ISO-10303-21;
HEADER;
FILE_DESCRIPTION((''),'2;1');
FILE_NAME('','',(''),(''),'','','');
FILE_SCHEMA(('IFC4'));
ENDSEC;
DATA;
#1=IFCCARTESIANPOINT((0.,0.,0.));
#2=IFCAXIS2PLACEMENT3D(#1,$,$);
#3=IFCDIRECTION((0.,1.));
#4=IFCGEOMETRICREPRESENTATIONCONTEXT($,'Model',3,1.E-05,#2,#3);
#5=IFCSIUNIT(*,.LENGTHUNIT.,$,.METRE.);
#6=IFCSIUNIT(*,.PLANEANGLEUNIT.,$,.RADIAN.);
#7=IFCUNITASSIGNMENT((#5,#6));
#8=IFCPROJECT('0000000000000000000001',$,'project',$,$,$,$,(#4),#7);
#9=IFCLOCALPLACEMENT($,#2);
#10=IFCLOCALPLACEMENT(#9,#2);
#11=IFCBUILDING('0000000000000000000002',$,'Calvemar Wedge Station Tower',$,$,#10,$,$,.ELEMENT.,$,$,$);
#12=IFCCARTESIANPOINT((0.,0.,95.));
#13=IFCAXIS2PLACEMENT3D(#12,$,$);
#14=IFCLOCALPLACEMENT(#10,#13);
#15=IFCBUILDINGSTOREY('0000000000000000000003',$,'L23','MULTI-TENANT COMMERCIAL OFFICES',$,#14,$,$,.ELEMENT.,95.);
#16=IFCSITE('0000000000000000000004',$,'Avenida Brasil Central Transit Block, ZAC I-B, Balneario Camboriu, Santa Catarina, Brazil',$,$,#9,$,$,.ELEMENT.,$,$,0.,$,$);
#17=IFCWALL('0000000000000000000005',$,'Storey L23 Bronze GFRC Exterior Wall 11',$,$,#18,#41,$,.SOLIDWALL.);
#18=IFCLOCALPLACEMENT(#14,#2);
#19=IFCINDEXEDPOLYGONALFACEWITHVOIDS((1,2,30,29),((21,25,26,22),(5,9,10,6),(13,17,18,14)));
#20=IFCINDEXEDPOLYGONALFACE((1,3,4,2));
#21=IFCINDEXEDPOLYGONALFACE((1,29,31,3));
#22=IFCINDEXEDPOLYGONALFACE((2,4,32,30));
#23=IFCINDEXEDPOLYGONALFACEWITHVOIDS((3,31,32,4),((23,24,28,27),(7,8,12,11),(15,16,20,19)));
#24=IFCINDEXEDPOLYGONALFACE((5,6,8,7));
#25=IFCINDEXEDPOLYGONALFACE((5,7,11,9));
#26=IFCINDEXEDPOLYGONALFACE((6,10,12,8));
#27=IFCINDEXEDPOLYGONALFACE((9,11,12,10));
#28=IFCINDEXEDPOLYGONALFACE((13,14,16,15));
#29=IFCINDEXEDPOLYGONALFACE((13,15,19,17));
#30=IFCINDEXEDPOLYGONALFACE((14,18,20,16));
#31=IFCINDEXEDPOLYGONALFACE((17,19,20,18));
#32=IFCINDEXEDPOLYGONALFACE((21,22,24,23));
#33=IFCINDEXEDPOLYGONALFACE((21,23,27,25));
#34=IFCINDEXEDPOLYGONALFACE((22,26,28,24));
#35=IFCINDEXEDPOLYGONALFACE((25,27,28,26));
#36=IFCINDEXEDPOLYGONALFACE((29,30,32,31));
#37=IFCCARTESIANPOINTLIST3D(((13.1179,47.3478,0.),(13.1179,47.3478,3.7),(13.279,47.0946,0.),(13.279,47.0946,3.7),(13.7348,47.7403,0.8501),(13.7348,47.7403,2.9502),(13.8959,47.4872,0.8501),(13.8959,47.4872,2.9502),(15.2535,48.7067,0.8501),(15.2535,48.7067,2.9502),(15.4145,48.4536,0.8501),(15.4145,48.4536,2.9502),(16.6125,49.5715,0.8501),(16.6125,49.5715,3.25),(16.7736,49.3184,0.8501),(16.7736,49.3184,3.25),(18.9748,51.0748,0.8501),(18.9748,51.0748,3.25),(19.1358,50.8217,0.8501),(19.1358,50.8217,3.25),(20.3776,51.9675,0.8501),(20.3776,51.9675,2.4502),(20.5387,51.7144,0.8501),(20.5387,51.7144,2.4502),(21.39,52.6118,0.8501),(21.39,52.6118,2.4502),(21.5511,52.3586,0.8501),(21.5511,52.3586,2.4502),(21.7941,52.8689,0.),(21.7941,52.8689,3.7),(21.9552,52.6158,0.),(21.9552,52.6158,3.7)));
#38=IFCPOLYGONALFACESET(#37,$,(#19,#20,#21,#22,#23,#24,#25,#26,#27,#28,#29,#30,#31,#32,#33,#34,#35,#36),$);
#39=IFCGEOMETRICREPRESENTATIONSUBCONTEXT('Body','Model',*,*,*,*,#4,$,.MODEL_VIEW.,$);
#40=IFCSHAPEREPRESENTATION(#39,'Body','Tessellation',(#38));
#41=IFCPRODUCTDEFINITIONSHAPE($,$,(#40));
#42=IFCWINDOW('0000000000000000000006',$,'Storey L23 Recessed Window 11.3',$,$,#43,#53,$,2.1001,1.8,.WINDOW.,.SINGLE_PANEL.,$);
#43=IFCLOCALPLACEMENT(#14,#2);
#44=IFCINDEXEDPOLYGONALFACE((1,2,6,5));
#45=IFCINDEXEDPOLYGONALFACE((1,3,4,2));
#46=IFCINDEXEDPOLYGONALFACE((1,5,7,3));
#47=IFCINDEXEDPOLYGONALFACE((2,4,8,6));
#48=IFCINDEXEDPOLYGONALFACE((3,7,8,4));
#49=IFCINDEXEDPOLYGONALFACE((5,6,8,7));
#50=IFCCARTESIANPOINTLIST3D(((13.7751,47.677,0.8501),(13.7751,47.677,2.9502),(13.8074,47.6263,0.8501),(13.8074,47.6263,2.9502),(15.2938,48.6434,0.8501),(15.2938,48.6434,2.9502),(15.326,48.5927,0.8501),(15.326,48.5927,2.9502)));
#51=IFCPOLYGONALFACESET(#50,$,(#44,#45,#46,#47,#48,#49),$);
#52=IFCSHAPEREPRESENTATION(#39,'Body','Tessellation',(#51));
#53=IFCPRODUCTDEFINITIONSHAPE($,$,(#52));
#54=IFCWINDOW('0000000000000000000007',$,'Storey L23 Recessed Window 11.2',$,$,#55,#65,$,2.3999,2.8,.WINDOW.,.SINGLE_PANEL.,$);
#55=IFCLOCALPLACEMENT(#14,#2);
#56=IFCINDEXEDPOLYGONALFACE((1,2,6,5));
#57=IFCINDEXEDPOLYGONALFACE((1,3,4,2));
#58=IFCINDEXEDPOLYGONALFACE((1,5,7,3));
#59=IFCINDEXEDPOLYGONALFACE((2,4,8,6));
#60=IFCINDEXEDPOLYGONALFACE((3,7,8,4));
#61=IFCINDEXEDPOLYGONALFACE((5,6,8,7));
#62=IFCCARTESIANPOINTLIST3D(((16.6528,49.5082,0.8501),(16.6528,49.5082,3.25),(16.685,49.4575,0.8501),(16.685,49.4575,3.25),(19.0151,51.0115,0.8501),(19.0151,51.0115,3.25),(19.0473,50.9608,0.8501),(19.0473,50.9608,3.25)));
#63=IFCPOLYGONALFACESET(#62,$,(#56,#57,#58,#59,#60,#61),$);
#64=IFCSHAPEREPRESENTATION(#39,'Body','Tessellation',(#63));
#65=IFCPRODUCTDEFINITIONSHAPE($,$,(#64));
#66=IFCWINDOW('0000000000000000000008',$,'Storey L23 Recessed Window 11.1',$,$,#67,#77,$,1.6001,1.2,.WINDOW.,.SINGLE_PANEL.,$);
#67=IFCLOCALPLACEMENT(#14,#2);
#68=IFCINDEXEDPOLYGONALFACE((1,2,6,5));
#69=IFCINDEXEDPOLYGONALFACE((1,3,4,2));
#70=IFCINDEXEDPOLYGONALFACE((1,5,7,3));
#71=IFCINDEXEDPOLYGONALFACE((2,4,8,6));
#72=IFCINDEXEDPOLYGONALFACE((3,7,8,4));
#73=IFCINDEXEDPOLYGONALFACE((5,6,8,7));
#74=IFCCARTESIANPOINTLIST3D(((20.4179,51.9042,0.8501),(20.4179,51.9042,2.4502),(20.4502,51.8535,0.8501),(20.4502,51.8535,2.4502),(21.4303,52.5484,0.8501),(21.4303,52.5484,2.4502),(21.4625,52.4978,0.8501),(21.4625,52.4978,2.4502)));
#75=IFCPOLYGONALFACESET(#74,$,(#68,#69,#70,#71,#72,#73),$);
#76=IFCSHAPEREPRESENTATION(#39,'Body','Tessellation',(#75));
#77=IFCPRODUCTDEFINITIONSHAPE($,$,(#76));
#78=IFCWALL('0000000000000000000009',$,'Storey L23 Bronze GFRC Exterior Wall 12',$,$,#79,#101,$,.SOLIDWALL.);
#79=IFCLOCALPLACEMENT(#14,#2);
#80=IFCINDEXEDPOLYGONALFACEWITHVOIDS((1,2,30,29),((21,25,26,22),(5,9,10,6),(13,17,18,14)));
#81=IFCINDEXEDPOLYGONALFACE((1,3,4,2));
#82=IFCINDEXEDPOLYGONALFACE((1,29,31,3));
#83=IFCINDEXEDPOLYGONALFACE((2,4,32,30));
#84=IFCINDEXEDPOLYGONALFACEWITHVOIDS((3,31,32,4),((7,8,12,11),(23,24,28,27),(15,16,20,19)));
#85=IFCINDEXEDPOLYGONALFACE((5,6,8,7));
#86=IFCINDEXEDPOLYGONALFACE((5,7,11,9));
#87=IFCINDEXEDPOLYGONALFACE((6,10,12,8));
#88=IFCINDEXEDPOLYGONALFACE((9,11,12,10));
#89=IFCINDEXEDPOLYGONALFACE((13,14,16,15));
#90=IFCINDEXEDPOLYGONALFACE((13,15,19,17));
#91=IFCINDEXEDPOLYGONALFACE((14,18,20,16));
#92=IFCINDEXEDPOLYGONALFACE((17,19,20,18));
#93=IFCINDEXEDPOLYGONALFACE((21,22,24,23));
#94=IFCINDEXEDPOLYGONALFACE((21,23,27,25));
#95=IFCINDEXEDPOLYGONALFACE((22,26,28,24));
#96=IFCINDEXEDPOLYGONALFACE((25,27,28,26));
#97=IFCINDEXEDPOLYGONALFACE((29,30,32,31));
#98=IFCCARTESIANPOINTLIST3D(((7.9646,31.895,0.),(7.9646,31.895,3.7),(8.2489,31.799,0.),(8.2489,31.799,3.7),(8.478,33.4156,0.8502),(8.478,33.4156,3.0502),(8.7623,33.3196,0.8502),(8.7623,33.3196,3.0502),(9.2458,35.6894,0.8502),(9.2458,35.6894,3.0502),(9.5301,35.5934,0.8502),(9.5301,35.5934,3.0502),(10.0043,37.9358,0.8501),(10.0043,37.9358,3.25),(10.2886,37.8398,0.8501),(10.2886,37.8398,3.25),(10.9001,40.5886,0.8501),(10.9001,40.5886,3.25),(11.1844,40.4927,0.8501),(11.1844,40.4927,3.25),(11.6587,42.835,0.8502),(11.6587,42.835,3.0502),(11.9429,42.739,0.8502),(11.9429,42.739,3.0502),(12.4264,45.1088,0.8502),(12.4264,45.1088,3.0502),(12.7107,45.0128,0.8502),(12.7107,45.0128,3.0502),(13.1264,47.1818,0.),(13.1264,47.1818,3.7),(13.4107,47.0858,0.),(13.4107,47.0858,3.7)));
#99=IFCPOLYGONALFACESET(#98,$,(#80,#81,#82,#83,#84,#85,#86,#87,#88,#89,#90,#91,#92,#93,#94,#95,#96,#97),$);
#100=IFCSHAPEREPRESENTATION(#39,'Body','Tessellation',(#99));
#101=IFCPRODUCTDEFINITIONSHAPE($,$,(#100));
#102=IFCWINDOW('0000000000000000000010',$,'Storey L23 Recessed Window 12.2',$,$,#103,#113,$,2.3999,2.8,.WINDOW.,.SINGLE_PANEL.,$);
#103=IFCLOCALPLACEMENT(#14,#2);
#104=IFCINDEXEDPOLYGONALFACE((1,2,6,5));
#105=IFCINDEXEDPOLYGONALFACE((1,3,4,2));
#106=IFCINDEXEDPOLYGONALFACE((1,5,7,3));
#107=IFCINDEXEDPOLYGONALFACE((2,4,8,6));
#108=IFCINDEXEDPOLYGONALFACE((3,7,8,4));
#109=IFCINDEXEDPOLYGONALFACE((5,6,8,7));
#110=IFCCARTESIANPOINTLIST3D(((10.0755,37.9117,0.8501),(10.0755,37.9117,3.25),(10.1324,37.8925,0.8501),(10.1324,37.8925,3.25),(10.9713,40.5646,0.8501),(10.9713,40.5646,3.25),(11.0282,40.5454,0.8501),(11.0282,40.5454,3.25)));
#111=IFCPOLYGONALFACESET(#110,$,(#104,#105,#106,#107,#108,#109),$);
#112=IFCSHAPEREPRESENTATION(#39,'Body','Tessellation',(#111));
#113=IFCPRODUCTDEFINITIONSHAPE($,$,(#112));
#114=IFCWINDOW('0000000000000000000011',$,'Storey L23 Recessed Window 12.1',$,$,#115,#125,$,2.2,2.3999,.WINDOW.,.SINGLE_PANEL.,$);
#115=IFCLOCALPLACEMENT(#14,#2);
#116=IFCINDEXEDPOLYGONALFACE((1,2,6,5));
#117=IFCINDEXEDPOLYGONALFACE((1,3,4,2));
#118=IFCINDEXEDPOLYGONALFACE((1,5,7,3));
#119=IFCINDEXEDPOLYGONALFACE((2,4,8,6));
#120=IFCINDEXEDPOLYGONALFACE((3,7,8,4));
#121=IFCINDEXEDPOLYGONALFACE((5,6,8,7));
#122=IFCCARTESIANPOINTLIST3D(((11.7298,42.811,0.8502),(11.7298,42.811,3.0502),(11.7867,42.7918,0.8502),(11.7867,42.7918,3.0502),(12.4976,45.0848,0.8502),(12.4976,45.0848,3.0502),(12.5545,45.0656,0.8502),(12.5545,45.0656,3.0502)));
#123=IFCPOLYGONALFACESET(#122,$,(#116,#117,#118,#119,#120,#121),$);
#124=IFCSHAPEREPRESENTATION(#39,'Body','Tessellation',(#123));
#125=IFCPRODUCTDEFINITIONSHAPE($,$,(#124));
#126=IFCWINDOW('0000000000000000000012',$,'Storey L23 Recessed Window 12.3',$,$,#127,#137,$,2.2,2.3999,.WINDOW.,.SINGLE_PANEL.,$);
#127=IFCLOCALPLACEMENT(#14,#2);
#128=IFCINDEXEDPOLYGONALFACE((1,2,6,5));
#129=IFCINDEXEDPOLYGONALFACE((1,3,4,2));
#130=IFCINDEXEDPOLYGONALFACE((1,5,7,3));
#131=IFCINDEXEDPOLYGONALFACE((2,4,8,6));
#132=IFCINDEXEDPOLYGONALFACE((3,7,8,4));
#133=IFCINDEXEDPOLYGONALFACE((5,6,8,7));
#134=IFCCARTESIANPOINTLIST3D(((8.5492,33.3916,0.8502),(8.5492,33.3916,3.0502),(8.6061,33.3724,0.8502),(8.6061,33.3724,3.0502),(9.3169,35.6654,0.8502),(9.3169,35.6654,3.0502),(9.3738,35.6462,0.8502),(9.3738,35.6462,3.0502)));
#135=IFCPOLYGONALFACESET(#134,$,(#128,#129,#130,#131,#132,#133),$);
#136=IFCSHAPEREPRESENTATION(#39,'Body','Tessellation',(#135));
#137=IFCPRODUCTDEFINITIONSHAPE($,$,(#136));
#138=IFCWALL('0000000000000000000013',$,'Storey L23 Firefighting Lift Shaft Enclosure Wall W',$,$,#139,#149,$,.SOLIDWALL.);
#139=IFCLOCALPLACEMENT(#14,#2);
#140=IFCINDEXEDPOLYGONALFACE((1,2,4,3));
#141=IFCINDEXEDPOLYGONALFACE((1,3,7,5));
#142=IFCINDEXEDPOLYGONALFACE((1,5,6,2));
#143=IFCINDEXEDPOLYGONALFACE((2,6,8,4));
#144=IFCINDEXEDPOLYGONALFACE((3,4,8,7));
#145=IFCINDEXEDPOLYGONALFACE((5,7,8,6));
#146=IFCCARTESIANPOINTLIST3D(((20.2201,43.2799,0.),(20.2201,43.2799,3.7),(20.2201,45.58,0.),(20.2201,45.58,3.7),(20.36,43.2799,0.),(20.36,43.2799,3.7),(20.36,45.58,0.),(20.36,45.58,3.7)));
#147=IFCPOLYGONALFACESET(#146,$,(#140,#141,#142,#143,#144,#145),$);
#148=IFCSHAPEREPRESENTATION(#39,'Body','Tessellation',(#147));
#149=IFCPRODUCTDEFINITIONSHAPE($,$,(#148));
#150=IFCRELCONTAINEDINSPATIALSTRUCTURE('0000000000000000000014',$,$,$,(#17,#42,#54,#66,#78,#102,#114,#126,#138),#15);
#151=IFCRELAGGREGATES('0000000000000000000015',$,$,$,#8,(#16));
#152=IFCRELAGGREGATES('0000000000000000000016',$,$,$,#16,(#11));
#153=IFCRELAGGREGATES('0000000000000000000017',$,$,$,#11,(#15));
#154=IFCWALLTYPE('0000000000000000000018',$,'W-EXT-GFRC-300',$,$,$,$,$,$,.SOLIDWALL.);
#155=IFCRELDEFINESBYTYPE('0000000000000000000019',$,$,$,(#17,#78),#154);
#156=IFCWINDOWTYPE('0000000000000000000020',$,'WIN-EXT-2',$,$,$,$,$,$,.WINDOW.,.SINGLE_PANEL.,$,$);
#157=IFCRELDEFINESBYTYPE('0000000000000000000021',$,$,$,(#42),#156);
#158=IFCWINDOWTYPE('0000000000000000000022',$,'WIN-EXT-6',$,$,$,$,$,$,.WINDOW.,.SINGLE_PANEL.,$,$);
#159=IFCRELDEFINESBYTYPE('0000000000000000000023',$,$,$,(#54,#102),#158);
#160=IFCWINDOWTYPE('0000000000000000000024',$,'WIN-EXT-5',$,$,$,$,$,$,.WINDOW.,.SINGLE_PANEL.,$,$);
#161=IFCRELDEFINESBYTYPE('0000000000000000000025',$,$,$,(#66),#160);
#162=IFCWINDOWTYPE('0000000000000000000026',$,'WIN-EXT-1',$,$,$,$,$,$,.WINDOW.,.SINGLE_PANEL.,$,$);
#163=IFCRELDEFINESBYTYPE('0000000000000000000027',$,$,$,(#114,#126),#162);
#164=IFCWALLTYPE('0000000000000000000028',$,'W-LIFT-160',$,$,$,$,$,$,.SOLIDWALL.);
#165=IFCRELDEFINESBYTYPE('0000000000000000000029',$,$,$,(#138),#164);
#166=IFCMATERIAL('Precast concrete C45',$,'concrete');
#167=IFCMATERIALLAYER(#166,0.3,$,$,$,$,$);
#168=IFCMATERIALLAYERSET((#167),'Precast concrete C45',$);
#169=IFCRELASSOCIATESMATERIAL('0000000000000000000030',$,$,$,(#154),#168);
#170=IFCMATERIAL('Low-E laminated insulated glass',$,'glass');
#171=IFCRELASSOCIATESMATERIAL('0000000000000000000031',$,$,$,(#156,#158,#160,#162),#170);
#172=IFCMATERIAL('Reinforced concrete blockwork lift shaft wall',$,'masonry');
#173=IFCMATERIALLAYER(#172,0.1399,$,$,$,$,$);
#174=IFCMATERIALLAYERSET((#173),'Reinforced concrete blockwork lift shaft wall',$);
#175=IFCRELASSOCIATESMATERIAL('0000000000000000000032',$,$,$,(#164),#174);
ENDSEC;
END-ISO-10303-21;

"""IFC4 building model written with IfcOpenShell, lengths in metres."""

from ifc_helpers import new_model, si_unit, direction, frame, frame_2d, origin, place, context, subcontext, project, spatial, rectangle, extrude, source, transform, mapped, material, layer, layer_set, type_object, element, fill, save


model = new_model("IFC4")

# Units and contexts
model_context = context("Model", 3, precision=1e-05, world=origin(), true_north=direction((0.0, 1.0)))
body_context = subcontext(model_context, "Body", "Model", "MODEL_VIEW")
ifc_project = project(units=[si_unit("LENGTHUNIT", "METRE"), si_unit("PLANEANGLEUNIT", "RADIAN")], contexts=[model_context])

# Site, building, storey
site_placement = place(None, origin())
site = spatial("IfcSite", under=ifc_project, at=site_placement, Name="Avenida Brasil Central Transit Block, ZAC I-B, Balneario Camboriu, Santa Catarina, Brazil", CompositionType="ELEMENT", RefElevation=0.0)
building_placement = place(site_placement, origin())
building = spatial("IfcBuilding", under=site, at=building_placement, Name="Calvemar Wedge Station Tower", CompositionType="ELEMENT")
storey_placement = place(building_placement, frame((0.0, 0.0, 95.0)))
storey = spatial("IfcBuildingStorey", under=building, at=storey_placement, Name="L23", Description="MULTI-TENANT COMMERCIAL OFFICES", CompositionType="ELEMENT", Elevation=95.0)

# Walls, openings, windows
ifc_material_1 = material(Name="Precast concrete C45", Category="concrete")
ifc_layer_1 = layer(ifc_material_1, 0.3)
ifc_layer_set_1 = layer_set([ifc_layer_1], Name="Precast concrete C45")
wall_type_1 = type_object("IfcWallType", Name="W-EXT-GFRC-300", PredefinedType="SOLIDWALL", material=ifc_layer_set_1)
wall_1_placement = place(storey_placement, frame((21.8748, 52.7424, 0.0), z_axis=(0.0, 0.0, 1.0), x_axis=(-0.843662, -0.536874, 0.0)))
wall_1 = element("IfcWall", 1, at=wall_1_placement, inside=storey, type_object=wall_type_1, Name="Storey L23 Bronze GFRC Exterior Wall 11", PredefinedType="SOLIDWALL", context=body_context, shape_type="SweptSolid", body=[
    extrude(rectangle(XDim=10.2839, YDim=0.3, at=frame_2d((5.1421, 0.0))), origin(), (0.0, 0.0, 1.0), 3.7),
])
shared_shape_1 = source(origin(), body_context, "Body", "SweptSolid", [
    extrude(rectangle(XDim=1.2, YDim=1.6001, at=frame_2d((0.6001, 0.8))), frame((0.0, 0.1602, 0.0), z_axis=(0.0, -1.0, 0.0), x_axis=(1.0, 0.0, 0.0)), (0.0, 0.0, 1.0), 0.3201),
])
opening_1_placement = place(wall_1_placement, frame((0.479, 0.0, 0.8501)))
opening_1 = element("IfcOpeningElement", 2, at=opening_1_placement, cuts=wall_1, PredefinedType="OPENING", context=body_context, shape_type="MappedRepresentation", body=[
    mapped(shared_shape_1, transform((0.0, 0.0, 0.0), scale=1.0)),
])
shared_shape_2 = source(origin(), body_context, "Body", "SweptSolid", [
    extrude(rectangle(XDim=2.8, YDim=2.3999, at=frame_2d((1.3999, 1.2))), frame((0.0, 0.1602, 0.0), z_axis=(0.0, -1.0, 0.0), x_axis=(1.0, 0.0, 0.0)), (0.0, 0.0, 1.0), 0.3201),
])
opening_2_placement = place(wall_1_placement, frame((3.342, 0.0, 0.8501)))
opening_2 = element("IfcOpeningElement", 3, at=opening_2_placement, cuts=wall_1, PredefinedType="OPENING", context=body_context, shape_type="MappedRepresentation", body=[
    mapped(shared_shape_2, transform((0.0, 0.0, 0.0), scale=1.0)),
])
shared_shape_3 = source(origin(), body_context, "Body", "SweptSolid", [
    extrude(rectangle(XDim=1.8, YDim=2.1001, at=frame_2d((0.8999, 1.05))), frame((0.0, 0.1602, 0.0), z_axis=(0.0, -1.0, 0.0), x_axis=(1.0, 0.0, 0.0)), (0.0, 0.0, 1.0), 0.3201),
])
opening_3_placement = place(wall_1_placement, frame((7.7529, 0.0, 0.8501)))
opening_3 = element("IfcOpeningElement", 4, at=opening_3_placement, cuts=wall_1, PredefinedType="OPENING", context=body_context, shape_type="MappedRepresentation", body=[
    mapped(shared_shape_3, transform((0.0, 0.0, 0.0), scale=1.0)),
])
ifc_material_2 = material(Name="Low-E laminated insulated glass", Category="glass")
window_type_1 = type_object("IfcWindowType", Name="WIN-EXT-2", PartitioningType="SINGLE_PANEL", PredefinedType="WINDOW", material=ifc_material_2)
shared_shape_4 = source(origin(), body_context, "Body", "SweptSolid", [
    extrude(rectangle(XDim=1.8, YDim=2.1001, at=frame_2d((0.8999, 1.05))), frame((0.0, -0.0149, 0.0), z_axis=(0.0, -1.0, 0.0), x_axis=(1.0, 0.0, 0.0)), (0.0, 0.0, 1.0), 0.0601),
])
window_1_placement = place(opening_3_placement, origin())
window_1 = element("IfcWindow", 5, at=window_1_placement, inside=storey, type_object=window_type_1, Name="Storey L23 Recessed Window 11.3", OverallHeight=2.1001, OverallWidth=1.8, PartitioningType="SINGLE_PANEL", PredefinedType="WINDOW", context=body_context, shape_type="MappedRepresentation", body=[
    mapped(shared_shape_4, transform((0.0, 0.0, 0.0), scale=1.0)),
])
fill(opening_3, window_1)
window_type_2 = type_object("IfcWindowType", Name="WIN-EXT-6", PartitioningType="SINGLE_PANEL", PredefinedType="WINDOW", material=ifc_material_2)
shared_shape_5 = source(origin(), body_context, "Body", "SweptSolid", [
    extrude(rectangle(XDim=2.8, YDim=2.3999, at=frame_2d((1.3999, 1.2))), frame((0.0, -0.0149, 0.0), z_axis=(0.0, -1.0, 0.0), x_axis=(1.0, 0.0, 0.0)), (0.0, 0.0, 1.0), 0.0601),
])
window_2_placement = place(opening_2_placement, origin())
window_2 = element("IfcWindow", 6, at=window_2_placement, inside=storey, type_object=window_type_2, Name="Storey L23 Recessed Window 11.2", OverallHeight=2.3999, OverallWidth=2.8, PartitioningType="SINGLE_PANEL", PredefinedType="WINDOW", context=body_context, shape_type="MappedRepresentation", body=[
    mapped(shared_shape_5, transform((0.0, 0.0, 0.0), scale=1.0)),
])
fill(opening_2, window_2)
window_type_3 = type_object("IfcWindowType", Name="WIN-EXT-5", PartitioningType="SINGLE_PANEL", PredefinedType="WINDOW", material=ifc_material_2)
shared_shape_6 = source(origin(), body_context, "Body", "SweptSolid", [
    extrude(rectangle(XDim=1.2, YDim=1.6001, at=frame_2d((0.6001, 0.8))), frame((0.0, -0.0149, 0.0), z_axis=(0.0, -1.0, 0.0), x_axis=(1.0, 0.0, 0.0)), (0.0, 0.0, 1.0), 0.0601),
])
window_3_placement = place(opening_1_placement, origin())
window_3 = element("IfcWindow", 7, at=window_3_placement, inside=storey, type_object=window_type_3, Name="Storey L23 Recessed Window 11.1", OverallHeight=1.6001, OverallWidth=1.2, PartitioningType="SINGLE_PANEL", PredefinedType="WINDOW", context=body_context, shape_type="MappedRepresentation", body=[
    mapped(shared_shape_6, transform((0.0, 0.0, 0.0), scale=1.0)),
])
fill(opening_1, window_3)
wall_2_placement = place(storey_placement, frame((13.2686, 47.1338, 0.0), z_axis=(0.0, 0.0, 1.0), x_axis=(-0.31992, -0.947444, 0.0)))
wall_2 = element("IfcWall", 8, at=wall_2_placement, inside=storey, type_object=wall_type_1, Name="Storey L23 Bronze GFRC Exterior Wall 12", PredefinedType="SOLIDWALL", context=body_context, shape_type="SweptSolid", body=[
    extrude(rectangle(XDim=16.1348, YDim=0.3, at=frame_2d((8.0674, 0.0))), origin(), (0.0, 0.0, 1.0), 3.7),
])
shared_shape_7 = source(origin(), body_context, "Body", "SweptSolid", [
    extrude(rectangle(XDim=2.3999, YDim=2.2, at=frame_2d((1.2, 1.1001))), frame((0.0, 0.1602, 0.0), z_axis=(0.0, -1.0, 0.0), x_axis=(1.0, 0.0, 0.0)), (0.0, 0.0, 1.0), 0.3201),
])
opening_4_placement = place(wall_2_placement, frame((2.188, 0.0, 0.8501)))
opening_4 = element("IfcOpeningElement", 9, at=opening_4_placement, cuts=wall_2, PredefinedType="OPENING", context=body_context, shape_type="MappedRepresentation", body=[
    mapped(shared_shape_7, transform((0.0, 0.0, 0.0), scale=1.0)),
])
opening_5_placement = place(wall_2_placement, frame((6.959, 0.0, 0.8501)))
opening_5 = element("IfcOpeningElement", 10, at=opening_5_placement, cuts=wall_2, PredefinedType="OPENING", context=body_context, shape_type="MappedRepresentation", body=[
    mapped(shared_shape_2, transform((0.0, 0.0, 0.0), scale=1.0)),
])
opening_6_placement = place(wall_2_placement, frame((12.1299, 0.0, 0.8501)))
opening_6 = element("IfcOpeningElement", 11, at=opening_6_placement, cuts=wall_2, PredefinedType="OPENING", context=body_context, shape_type="MappedRepresentation", body=[
    mapped(shared_shape_7, transform((0.0, 0.0, 0.0), scale=1.0)),
])
window_4_placement = place(opening_5_placement, origin())
window_4 = element("IfcWindow", 12, at=window_4_placement, inside=storey, type_object=window_type_2, Name="Storey L23 Recessed Window 12.2", OverallHeight=2.3999, OverallWidth=2.8, PartitioningType="SINGLE_PANEL", PredefinedType="WINDOW", context=body_context, shape_type="MappedRepresentation", body=[
    mapped(shared_shape_5, transform((0.0, 0.0, 0.0), scale=1.0)),
])
fill(opening_5, window_4)
window_type_4 = type_object("IfcWindowType", Name="WIN-EXT-1", PartitioningType="SINGLE_PANEL", PredefinedType="WINDOW", material=ifc_material_2)
shared_shape_8 = source(origin(), body_context, "Body", "SweptSolid", [
    extrude(rectangle(XDim=2.3999, YDim=2.2, at=frame_2d((1.2, 1.1001))), frame((0.0, -0.0149, 0.0), z_axis=(0.0, -1.0, 0.0), x_axis=(1.0, 0.0, 0.0)), (0.0, 0.0, 1.0), 0.0601),
])
window_5_placement = place(opening_4_placement, origin())
window_5 = element("IfcWindow", 13, at=window_5_placement, inside=storey, type_object=window_type_4, Name="Storey L23 Recessed Window 12.1", OverallHeight=2.2, OverallWidth=2.3999, PartitioningType="SINGLE_PANEL", PredefinedType="WINDOW", context=body_context, shape_type="MappedRepresentation", body=[
    mapped(shared_shape_8, transform((0.0, 0.0, 0.0), scale=1.0)),
])
fill(opening_4, window_5)
window_6_placement = place(opening_6_placement, origin())
window_6 = element("IfcWindow", 14, at=window_6_placement, inside=storey, type_object=window_type_4, Name="Storey L23 Recessed Window 12.3", OverallHeight=2.2, OverallWidth=2.3999, PartitioningType="SINGLE_PANEL", PredefinedType="WINDOW", context=body_context, shape_type="MappedRepresentation", body=[
    mapped(shared_shape_8, transform((0.0, 0.0, 0.0), scale=1.0)),
])
fill(opening_6, window_6)

# Shared definitions
ifc_material_3 = material(Name="Reinforced concrete blockwork lift shaft wall", Category="masonry")
ifc_layer_2 = layer(ifc_material_3, 0.1399)
ifc_layer_set_2 = layer_set([ifc_layer_2], Name="Reinforced concrete blockwork lift shaft wall")
wall_type_2 = type_object("IfcWallType", Name="W-LIFT-160", PredefinedType="SOLIDWALL", material=ifc_layer_set_2)

# Wall
wall_3_placement = place(storey_placement, frame((20.29, 43.28, 0.0), z_axis=(0.0, 0.0, 1.0), x_axis=(0.0, 1.0, 0.0)))
element("IfcWall", 15, at=wall_3_placement, inside=storey, type_object=wall_type_2, Name="Storey L23 Firefighting Lift Shaft Enclosure Wall W", PredefinedType="SOLIDWALL", context=body_context, shape_type="SweptSolid", body=[
    extrude(rectangle(XDim=2.3, YDim=0.1399, at=frame_2d((1.1499, 0.0))), origin(), (0.0, 0.0, 1.0), 3.7),
])

save(model, "model.ifc")
